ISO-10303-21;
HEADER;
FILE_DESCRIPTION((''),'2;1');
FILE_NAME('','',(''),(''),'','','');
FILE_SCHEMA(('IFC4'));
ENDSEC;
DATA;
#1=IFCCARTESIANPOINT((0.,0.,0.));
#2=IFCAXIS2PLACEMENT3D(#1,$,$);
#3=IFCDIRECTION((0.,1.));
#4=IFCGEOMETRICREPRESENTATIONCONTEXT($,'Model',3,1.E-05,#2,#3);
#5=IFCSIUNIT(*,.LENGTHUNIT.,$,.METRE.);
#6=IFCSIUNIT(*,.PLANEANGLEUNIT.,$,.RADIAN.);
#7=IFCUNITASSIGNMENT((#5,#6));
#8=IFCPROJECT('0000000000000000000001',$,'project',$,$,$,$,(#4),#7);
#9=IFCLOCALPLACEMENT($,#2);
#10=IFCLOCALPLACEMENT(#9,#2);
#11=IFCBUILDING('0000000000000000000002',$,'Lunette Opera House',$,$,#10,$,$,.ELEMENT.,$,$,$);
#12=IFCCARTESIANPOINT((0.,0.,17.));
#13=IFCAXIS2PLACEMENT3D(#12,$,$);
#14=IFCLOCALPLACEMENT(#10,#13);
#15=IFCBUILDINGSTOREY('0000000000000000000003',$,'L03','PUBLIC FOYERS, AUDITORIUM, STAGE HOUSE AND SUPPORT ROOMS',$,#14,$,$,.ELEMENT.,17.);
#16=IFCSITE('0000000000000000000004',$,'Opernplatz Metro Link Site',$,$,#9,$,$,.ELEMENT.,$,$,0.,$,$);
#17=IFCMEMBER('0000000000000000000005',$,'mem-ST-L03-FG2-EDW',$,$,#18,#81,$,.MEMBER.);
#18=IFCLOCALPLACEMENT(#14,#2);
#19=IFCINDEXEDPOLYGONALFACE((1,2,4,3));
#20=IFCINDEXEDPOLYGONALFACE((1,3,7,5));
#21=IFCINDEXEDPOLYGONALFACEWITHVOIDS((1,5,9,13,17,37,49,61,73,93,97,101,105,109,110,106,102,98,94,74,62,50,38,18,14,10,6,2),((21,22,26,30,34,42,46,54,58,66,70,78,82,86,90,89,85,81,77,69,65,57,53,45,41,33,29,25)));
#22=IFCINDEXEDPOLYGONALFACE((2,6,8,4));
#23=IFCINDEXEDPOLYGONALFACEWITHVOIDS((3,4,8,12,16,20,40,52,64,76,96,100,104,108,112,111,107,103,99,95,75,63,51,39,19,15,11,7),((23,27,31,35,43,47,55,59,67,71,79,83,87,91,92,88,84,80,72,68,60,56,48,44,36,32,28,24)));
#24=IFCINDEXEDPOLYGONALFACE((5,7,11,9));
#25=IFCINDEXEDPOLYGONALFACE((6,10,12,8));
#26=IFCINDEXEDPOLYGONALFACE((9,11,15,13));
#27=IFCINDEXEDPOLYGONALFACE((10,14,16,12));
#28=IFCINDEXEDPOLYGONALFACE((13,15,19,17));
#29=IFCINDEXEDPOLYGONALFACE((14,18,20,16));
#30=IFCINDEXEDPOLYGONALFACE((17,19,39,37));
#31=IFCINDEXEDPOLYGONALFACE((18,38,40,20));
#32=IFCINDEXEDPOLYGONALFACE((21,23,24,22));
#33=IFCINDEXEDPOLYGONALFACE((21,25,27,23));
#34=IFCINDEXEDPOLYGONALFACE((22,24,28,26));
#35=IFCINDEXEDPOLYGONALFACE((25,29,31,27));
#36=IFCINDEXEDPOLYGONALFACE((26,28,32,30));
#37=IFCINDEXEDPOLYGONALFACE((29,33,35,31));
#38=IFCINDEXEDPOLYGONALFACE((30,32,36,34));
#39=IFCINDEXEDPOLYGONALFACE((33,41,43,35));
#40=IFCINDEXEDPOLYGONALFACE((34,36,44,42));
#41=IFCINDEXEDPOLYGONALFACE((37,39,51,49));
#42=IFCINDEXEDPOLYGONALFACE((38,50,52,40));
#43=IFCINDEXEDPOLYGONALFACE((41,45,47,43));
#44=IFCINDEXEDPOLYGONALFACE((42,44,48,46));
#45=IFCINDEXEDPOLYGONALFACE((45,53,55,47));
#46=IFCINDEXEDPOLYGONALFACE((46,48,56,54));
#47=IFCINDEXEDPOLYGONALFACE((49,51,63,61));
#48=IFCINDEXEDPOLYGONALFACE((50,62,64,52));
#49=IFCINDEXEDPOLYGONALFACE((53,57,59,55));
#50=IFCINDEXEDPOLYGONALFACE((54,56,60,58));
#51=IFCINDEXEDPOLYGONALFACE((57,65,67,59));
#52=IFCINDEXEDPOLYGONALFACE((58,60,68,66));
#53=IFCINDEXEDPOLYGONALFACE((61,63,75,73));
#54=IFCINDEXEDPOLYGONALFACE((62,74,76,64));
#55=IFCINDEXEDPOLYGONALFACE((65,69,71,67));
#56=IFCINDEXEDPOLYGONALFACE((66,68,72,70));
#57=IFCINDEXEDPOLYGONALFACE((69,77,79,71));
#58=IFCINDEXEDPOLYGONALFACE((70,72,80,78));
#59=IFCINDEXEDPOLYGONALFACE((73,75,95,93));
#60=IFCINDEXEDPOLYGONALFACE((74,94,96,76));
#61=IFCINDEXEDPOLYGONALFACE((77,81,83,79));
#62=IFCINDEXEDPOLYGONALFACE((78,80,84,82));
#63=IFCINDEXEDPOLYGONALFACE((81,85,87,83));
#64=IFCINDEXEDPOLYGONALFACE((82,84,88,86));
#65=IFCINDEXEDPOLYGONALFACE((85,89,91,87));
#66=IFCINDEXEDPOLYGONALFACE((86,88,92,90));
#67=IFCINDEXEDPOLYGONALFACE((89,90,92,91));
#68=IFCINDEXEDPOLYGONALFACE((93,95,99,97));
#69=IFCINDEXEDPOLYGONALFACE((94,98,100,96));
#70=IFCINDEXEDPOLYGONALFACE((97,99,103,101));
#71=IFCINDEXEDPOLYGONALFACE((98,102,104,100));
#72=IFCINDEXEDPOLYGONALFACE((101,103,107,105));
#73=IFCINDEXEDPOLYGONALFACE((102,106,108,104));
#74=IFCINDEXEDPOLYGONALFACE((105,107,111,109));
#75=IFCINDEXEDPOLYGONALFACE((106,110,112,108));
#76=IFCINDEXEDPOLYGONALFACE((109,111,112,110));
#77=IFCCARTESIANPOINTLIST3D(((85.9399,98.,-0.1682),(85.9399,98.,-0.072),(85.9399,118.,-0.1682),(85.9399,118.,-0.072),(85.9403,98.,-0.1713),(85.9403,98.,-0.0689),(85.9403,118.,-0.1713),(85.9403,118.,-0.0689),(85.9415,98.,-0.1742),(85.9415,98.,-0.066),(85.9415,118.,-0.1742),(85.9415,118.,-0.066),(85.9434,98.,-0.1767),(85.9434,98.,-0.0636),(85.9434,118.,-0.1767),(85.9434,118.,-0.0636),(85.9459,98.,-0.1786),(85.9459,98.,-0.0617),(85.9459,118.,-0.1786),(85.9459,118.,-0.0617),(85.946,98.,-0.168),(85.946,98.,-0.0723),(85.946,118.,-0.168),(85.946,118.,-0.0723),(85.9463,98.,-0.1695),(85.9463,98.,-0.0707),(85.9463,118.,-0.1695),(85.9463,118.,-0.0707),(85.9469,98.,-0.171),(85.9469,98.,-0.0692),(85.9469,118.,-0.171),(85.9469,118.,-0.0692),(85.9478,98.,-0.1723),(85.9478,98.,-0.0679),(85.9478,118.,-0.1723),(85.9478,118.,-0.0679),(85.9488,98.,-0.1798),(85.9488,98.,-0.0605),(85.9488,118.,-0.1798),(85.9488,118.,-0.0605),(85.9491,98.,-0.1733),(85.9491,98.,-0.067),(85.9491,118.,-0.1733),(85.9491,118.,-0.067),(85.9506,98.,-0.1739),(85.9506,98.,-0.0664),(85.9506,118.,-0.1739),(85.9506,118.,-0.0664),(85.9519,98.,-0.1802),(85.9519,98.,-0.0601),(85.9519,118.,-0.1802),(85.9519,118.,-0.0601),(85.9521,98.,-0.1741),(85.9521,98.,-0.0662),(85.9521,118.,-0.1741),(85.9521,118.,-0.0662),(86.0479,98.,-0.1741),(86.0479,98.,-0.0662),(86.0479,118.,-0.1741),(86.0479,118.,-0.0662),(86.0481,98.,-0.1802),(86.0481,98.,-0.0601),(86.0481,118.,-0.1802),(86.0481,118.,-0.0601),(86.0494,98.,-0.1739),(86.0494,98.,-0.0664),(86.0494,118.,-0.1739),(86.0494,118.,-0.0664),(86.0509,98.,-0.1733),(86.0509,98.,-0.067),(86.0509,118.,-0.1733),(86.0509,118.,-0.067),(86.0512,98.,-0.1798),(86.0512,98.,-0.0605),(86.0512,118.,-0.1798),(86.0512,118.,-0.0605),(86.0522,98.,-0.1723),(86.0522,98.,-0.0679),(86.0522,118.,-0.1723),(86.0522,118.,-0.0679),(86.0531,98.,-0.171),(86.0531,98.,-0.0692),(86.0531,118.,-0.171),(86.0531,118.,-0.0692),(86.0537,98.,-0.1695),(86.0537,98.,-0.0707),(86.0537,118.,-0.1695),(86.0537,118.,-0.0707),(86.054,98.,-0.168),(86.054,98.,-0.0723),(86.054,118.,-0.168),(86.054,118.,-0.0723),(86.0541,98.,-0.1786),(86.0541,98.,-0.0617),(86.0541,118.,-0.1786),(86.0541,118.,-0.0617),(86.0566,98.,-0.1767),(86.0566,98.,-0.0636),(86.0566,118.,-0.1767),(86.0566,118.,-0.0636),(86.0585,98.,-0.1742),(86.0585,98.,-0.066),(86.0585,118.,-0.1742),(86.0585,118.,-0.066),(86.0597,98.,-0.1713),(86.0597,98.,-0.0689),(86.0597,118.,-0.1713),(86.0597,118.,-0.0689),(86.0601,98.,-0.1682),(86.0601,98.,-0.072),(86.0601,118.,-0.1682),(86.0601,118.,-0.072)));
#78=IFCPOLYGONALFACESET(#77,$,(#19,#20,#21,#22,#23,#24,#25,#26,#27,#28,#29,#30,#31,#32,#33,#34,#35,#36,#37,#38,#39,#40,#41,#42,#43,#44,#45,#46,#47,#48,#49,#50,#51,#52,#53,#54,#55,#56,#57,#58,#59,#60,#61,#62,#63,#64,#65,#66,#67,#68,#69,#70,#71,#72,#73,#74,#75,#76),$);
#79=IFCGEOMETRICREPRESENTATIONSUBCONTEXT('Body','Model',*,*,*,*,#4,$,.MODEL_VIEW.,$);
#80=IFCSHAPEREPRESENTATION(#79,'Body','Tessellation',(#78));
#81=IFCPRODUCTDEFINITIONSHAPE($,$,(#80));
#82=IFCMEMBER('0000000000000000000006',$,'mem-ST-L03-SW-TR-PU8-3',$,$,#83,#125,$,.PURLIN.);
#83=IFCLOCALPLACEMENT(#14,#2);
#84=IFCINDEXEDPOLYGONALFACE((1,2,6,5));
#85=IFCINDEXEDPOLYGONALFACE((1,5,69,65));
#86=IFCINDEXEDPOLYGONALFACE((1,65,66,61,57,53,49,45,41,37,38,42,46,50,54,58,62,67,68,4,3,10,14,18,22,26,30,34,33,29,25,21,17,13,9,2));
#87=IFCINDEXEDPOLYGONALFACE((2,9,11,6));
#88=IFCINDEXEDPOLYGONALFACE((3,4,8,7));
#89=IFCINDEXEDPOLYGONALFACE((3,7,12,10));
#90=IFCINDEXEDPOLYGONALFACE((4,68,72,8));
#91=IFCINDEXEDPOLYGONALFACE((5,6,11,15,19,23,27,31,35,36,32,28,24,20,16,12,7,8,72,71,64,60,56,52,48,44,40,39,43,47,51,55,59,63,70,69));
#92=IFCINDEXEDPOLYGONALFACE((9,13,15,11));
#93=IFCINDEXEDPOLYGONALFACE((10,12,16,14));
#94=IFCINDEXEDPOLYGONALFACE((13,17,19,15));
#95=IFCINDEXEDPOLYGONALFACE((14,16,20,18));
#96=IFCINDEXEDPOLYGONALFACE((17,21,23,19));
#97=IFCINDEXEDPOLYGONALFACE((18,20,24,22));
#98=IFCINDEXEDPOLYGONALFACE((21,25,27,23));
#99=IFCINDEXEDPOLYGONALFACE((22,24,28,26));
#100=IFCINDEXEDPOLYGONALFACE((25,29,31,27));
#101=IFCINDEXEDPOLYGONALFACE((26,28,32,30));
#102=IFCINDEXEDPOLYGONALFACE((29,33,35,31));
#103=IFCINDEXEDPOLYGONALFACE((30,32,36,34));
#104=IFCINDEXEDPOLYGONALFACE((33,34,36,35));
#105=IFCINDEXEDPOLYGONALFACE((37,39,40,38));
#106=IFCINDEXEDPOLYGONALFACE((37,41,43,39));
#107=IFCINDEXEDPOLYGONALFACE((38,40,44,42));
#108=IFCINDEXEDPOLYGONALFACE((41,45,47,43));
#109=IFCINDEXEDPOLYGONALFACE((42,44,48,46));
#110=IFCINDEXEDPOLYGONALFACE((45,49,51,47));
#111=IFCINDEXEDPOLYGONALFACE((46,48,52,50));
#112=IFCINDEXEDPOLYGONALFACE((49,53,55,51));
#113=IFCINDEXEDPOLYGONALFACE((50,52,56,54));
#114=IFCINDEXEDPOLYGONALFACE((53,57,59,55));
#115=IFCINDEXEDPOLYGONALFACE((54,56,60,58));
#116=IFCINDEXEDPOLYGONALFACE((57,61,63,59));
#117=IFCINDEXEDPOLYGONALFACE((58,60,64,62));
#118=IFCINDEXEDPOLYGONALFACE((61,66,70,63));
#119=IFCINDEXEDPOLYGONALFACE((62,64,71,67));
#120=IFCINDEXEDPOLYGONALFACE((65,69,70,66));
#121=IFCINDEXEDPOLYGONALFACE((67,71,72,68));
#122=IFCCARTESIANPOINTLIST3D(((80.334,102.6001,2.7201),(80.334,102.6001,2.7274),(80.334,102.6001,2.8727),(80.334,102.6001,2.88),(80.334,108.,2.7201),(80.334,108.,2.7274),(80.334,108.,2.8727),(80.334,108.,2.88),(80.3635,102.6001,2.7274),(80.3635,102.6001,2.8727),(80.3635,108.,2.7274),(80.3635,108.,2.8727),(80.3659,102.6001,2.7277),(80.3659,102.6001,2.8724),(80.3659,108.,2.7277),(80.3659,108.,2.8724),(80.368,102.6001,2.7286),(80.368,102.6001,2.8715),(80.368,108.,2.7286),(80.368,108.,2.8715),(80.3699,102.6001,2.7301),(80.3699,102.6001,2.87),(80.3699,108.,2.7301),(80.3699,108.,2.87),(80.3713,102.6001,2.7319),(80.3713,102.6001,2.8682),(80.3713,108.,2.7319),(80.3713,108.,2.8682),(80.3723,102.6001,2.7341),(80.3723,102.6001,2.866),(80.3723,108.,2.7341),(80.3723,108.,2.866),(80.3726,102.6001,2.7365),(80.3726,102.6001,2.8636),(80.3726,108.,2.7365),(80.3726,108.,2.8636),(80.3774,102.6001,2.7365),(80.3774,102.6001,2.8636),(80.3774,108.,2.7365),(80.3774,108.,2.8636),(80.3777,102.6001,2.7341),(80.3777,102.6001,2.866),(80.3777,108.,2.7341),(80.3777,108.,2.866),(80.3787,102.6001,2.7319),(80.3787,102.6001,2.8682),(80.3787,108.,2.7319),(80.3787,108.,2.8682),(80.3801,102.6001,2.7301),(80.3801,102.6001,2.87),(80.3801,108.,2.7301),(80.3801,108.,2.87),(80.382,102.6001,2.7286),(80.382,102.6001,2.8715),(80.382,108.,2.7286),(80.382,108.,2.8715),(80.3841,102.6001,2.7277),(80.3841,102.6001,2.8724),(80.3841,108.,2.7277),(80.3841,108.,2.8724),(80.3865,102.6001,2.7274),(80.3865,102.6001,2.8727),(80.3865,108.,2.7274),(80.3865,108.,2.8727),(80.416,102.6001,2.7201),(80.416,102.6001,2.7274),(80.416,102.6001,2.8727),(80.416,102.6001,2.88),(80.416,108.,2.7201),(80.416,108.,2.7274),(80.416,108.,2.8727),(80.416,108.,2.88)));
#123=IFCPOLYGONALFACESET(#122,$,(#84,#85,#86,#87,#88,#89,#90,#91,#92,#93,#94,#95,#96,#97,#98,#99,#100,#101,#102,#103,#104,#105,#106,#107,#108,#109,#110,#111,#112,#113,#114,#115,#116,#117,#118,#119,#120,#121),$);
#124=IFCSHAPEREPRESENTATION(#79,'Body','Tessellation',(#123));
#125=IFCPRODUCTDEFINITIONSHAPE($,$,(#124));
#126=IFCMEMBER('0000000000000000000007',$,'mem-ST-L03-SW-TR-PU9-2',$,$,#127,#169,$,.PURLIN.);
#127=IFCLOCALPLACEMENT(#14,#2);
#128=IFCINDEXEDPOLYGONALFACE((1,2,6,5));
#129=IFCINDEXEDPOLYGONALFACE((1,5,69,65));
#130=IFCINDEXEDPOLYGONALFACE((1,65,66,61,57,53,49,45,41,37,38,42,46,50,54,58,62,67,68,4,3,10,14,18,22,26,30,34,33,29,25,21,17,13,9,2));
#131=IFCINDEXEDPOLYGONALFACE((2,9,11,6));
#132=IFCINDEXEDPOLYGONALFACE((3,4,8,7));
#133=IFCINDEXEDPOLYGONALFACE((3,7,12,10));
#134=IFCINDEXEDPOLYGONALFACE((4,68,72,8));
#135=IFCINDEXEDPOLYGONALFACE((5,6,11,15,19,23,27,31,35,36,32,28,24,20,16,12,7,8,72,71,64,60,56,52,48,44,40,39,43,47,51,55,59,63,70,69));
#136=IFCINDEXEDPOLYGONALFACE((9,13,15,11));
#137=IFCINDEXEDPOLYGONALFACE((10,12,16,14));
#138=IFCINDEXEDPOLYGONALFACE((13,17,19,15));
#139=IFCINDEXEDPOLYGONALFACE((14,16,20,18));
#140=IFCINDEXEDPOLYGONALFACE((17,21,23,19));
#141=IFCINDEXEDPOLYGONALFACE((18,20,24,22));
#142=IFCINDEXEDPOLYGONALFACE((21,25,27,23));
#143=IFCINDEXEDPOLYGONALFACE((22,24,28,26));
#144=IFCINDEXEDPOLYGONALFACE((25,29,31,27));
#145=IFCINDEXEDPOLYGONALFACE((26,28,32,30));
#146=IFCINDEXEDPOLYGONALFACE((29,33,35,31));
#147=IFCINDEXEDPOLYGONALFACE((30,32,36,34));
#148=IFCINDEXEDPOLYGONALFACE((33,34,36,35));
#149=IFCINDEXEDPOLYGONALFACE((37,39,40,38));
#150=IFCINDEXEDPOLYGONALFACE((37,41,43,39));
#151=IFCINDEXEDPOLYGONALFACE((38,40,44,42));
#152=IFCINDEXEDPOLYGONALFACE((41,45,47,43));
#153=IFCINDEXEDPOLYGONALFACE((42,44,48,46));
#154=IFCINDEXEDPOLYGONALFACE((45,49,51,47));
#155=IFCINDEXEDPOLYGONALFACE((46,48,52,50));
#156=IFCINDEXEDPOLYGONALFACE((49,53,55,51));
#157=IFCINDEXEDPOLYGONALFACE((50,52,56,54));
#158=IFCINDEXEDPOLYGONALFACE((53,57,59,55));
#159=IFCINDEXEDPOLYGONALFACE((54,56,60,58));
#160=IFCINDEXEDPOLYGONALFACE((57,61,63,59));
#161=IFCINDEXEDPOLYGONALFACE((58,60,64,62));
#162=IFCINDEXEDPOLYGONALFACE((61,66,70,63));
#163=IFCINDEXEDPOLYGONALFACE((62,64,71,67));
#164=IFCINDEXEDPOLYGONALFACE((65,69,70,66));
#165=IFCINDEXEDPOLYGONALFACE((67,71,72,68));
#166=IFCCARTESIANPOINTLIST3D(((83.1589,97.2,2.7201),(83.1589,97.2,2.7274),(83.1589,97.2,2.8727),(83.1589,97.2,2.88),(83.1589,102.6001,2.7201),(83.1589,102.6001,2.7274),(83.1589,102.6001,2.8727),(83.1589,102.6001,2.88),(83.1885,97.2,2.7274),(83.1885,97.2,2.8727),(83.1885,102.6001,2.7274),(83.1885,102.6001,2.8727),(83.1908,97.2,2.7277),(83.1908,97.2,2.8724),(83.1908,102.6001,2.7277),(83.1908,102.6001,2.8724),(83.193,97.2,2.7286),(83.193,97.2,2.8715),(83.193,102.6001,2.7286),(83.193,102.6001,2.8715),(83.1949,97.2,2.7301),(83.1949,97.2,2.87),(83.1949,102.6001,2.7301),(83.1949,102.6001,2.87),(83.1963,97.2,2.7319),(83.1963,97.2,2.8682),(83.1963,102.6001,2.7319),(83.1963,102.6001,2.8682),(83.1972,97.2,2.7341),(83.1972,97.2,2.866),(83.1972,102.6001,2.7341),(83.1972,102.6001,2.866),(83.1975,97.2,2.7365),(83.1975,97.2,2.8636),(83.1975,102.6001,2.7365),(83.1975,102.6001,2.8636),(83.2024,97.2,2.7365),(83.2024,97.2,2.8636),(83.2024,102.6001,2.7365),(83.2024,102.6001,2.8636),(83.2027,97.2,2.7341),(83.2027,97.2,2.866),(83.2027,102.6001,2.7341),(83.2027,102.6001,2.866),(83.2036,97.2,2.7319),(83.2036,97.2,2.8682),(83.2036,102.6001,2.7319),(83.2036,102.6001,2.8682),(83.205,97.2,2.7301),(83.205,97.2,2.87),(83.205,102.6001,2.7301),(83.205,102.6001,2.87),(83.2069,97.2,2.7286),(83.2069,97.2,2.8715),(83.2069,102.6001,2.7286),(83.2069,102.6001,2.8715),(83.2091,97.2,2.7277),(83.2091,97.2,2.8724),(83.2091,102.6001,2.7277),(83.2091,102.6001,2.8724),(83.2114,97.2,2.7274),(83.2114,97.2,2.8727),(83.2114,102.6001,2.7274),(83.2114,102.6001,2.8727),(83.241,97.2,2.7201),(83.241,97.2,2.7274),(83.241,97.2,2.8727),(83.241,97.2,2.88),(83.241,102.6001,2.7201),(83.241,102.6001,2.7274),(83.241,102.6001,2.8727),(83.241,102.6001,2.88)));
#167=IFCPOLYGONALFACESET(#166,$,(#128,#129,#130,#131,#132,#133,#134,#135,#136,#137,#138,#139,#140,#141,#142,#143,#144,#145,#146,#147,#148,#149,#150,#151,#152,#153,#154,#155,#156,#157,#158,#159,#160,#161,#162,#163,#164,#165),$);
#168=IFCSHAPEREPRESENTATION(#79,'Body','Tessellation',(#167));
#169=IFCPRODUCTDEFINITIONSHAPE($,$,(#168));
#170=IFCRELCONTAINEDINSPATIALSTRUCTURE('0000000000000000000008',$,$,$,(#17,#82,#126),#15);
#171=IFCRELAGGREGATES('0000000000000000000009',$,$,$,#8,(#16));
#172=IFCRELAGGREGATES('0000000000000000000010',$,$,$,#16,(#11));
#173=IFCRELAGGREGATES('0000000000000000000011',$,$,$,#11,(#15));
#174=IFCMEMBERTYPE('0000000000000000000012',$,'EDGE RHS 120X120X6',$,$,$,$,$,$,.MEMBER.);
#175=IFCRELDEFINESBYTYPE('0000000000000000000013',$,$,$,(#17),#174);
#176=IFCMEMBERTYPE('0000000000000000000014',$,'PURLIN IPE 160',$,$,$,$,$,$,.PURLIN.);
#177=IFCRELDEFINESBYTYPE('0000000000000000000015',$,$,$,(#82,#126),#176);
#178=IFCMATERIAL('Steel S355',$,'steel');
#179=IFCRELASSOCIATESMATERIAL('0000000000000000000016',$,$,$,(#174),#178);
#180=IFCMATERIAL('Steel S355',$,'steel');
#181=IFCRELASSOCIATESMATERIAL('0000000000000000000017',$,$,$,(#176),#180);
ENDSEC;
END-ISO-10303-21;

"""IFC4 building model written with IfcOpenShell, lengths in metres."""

from ifc_helpers import new_model, si_unit, direction, frame, origin, origin_2d, place, context, subcontext, project, spatial, hollow_rectangle, i_section, extrude, material, material_profile, profile_set, type_object, element, save


model = new_model("IFC4")

# Units and contexts
model_context = context("Model", 3, precision=1e-05, world=origin(), true_north=direction((0.0, 1.0)))
body_context = subcontext(model_context, "Body", "Model", "MODEL_VIEW")
ifc_project = project(units=[si_unit("LENGTHUNIT", "METRE"), si_unit("PLANEANGLEUNIT", "RADIAN")], contexts=[model_context])

# Site, building, storey
site_placement = place(None, origin())
site = spatial("IfcSite", under=ifc_project, at=site_placement, Name="Opernplatz Metro Link Site", CompositionType="ELEMENT", RefElevation=0.0)
building_placement = place(site_placement, origin())
building = spatial("IfcBuilding", under=site, at=building_placement, Name="Lunette Opera House", CompositionType="ELEMENT")
storey_placement = place(building_placement, frame((0.0, 0.0, 17.0)))
storey = spatial("IfcBuildingStorey", under=building, at=storey_placement, Name="L03", Description="PUBLIC FOYERS, AUDITORIUM, STAGE HOUSE AND SUPPORT ROOMS", CompositionType="ELEMENT", Elevation=17.0)

# Members
ifc_material_1 = material(Name="Steel S355", Category="steel")
ifc_material_profile_1 = material_profile(ifc_material_1, hollow_rectangle(XDim=0.1201, YDim=0.1201, WallThickness=0.0061, InnerFilletRadius=0.0061, OuterFilletRadius=0.012, at=origin_2d()), Name="RHS 120X120X6")
ifc_profile_set_1 = profile_set([ifc_material_profile_1], Name="Steel S355")
member_type_1 = type_object("IfcMemberType", Name="EDGE RHS 120X120X6", PredefinedType="MEMBER", material=ifc_profile_set_1)
for number, where, z_axis, x_axis, name in (
    (1, (86.0, 98.0, -0.1201), (0.0, 1.0, 0.0), (-1.0, 0.0, 0.0), "mem-ST-L03-FG2-EDW"),
):
    element("IfcMember", number, at=place(storey_placement, frame(where, z_axis=z_axis, x_axis=x_axis)), inside=storey, type_object=member_type_1, Name=name, PredefinedType="MEMBER", context=body_context, shape_type="SweptSolid", body=[
        extrude(hollow_rectangle(XDim=0.1201, YDim=0.1201, WallThickness=0.0061, InnerFilletRadius=0.0061, OuterFilletRadius=0.012, at=origin_2d()), origin(), (0.0, 0.0, 1.0), 20.0),
    ])
ifc_material_2 = material(Name="Steel S355", Category="steel")
ifc_material_profile_2 = material_profile(ifc_material_2, i_section(OverallWidth=0.082, OverallDepth=0.1599, WebThickness=0.0049, FlangeThickness=0.0073, FilletRadius=0.009, at=origin_2d()), Name="IPE 160")
ifc_profile_set_2 = profile_set([ifc_material_profile_2], Name="Steel S355")
member_type_2 = type_object("IfcMemberType", Name="PURLIN IPE 160", PredefinedType="PURLIN", material=ifc_profile_set_2)
member_1_placement = place(storey_placement, frame((80.375, 102.6001, 2.8), z_axis=(0.0, 1.0, 0.0), x_axis=(-1.0, 0.0, 0.0)))
element("IfcMember", 2, at=member_1_placement, inside=storey, type_object=member_type_2, Name="mem-ST-L03-SW-TR-PU8-3", PredefinedType="PURLIN", context=body_context, shape_type="SweptSolid", body=[
    extrude(i_section(OverallWidth=0.082, OverallDepth=0.1599, WebThickness=0.0049, FlangeThickness=0.0073, FilletRadius=0.009, at=origin_2d()), origin(), (0.0, 0.0, 1.0), 5.3999),
])
member_2_placement = place(storey_placement, frame((83.2, 97.2, 2.8), z_axis=(0.0, 1.0, 0.0), x_axis=(-1.0, 0.0, 0.0)))
element("IfcMember", 3, at=member_2_placement, inside=storey, type_object=member_type_2, Name="mem-ST-L03-SW-TR-PU9-2", PredefinedType="PURLIN", context=body_context, shape_type="SweptSolid", body=[
    extrude(i_section(OverallWidth=0.082, OverallDepth=0.1599, WebThickness=0.0049, FlangeThickness=0.0073, FilletRadius=0.009, at=origin_2d()), origin(), (0.0, 0.0, 1.0), 5.4001),
])

save(model, "model.ifc")
